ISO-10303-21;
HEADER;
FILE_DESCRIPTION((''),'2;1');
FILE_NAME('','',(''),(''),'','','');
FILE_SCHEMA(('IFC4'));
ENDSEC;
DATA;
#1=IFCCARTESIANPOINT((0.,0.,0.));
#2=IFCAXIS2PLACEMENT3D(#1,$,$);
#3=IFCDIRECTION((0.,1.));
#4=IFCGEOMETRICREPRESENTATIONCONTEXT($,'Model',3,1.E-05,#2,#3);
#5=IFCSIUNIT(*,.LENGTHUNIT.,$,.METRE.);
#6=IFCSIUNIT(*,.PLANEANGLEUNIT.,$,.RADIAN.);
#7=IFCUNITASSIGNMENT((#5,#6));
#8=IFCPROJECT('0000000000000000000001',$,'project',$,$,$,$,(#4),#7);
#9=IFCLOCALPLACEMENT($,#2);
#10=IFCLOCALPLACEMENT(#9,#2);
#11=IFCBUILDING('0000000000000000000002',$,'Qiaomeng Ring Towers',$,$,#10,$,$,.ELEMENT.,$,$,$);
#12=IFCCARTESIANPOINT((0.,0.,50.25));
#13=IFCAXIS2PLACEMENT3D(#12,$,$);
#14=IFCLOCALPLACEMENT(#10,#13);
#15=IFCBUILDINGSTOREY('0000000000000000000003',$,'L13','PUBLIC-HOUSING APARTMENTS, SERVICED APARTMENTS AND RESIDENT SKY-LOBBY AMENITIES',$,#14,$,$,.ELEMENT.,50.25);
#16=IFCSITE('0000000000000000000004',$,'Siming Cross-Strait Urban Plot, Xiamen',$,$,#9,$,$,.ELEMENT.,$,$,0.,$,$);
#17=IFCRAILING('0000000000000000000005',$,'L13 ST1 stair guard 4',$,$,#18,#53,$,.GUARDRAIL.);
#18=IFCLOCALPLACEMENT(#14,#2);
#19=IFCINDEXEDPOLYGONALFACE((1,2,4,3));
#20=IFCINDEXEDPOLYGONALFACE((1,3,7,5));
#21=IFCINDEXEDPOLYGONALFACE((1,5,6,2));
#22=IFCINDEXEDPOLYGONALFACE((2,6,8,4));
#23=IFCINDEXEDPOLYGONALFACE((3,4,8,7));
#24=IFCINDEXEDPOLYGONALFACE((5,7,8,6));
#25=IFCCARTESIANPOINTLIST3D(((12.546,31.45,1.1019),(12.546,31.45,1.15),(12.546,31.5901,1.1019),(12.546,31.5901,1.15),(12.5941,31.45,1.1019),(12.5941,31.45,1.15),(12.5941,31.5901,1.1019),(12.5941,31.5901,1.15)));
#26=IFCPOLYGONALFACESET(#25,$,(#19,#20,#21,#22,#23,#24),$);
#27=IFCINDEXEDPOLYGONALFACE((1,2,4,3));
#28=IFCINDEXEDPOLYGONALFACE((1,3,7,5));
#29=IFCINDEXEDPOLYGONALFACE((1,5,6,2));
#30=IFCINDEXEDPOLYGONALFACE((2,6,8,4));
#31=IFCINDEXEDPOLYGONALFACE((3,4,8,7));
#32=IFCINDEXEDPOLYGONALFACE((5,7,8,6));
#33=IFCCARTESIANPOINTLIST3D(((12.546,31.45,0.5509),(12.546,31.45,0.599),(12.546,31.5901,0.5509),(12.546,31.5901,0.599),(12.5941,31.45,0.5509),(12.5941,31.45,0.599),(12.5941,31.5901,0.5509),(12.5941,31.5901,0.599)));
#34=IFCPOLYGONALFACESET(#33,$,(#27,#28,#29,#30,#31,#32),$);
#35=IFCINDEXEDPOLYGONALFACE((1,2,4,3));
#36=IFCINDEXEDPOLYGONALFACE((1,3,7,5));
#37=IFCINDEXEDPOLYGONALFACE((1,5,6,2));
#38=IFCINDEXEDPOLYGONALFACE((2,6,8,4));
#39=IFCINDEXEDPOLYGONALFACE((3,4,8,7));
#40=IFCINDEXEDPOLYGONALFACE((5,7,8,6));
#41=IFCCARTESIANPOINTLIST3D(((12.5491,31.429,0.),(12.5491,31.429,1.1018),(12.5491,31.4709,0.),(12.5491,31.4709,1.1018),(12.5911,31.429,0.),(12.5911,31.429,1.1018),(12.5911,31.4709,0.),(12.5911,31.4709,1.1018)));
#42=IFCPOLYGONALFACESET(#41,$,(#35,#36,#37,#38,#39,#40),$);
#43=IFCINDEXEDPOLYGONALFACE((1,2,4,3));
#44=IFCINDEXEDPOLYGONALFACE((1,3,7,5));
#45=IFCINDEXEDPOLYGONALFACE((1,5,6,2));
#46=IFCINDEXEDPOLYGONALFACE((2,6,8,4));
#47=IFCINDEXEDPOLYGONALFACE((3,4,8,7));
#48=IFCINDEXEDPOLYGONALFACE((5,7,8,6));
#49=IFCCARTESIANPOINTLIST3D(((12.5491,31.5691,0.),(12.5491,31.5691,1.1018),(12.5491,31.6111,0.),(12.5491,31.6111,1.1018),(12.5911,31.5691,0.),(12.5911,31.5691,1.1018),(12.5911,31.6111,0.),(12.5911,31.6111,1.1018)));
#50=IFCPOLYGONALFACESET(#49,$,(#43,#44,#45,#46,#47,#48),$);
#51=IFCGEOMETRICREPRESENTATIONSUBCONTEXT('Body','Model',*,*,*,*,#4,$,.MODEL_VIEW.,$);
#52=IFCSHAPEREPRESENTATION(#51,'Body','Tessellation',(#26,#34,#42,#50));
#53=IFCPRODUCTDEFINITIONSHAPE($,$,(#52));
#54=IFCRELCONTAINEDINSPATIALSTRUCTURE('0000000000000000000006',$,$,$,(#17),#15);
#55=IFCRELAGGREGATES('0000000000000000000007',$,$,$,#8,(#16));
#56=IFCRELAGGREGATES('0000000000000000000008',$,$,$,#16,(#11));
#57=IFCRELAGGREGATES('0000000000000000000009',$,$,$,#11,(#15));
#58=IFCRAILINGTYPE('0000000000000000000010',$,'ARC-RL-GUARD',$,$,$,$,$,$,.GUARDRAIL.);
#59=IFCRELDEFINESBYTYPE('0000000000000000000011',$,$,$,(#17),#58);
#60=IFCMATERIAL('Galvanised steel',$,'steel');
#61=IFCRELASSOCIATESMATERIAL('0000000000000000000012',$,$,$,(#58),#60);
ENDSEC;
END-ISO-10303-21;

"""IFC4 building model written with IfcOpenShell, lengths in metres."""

from ifc_helpers import new_model, si_unit, direction, frame, origin, origin_2d, place, context, subcontext, project, spatial, rectangle, extrude, material, type_object, element, save


model = new_model("IFC4")

# Units and contexts
model_context = context("Model", 3, precision=1e-05, world=origin(), true_north=direction((0.0, 1.0)))
body_context = subcontext(model_context, "Body", "Model", "MODEL_VIEW")
ifc_project = project(units=[si_unit("LENGTHUNIT", "METRE"), si_unit("PLANEANGLEUNIT", "RADIAN")], contexts=[model_context])

# Site, building, storey
site_placement = place(None, origin())
site = spatial("IfcSite", under=ifc_project, at=site_placement, Name="Siming Cross-Strait Urban Plot, Xiamen", CompositionType="ELEMENT", RefElevation=0.0)
building_placement = place(site_placement, origin())
building = spatial("IfcBuilding", under=site, at=building_placement, Name="Qiaomeng Ring Towers", CompositionType="ELEMENT")
storey_placement = place(building_placement, frame((0.0, 0.0, 50.25)))
storey = spatial("IfcBuildingStorey", under=building, at=storey_placement, Name="L13", Description="PUBLIC-HOUSING APARTMENTS, SERVICED APARTMENTS AND RESIDENT SKY-LOBBY AMENITIES", CompositionType="ELEMENT", Elevation=50.25)

# Shared definitions
ifc_material_1 = material(Name="Galvanised steel", Category="steel")

# Railing
railing_type_1 = type_object("IfcRailingType", Name="ARC-RL-GUARD", PredefinedType="GUARDRAIL", material=ifc_material_1)
railing_1_placement = place(storey_placement, frame((12.5701, 31.45, 0.0)))
element("IfcRailing", 1, at=railing_1_placement, inside=storey, type_object=railing_type_1, Name="L13 ST1 stair guard 4", PredefinedType="GUARDRAIL", context=body_context, shape_type="SweptSolid", body=[
    extrude(rectangle(XDim=0.0481, YDim=0.0481, at=origin_2d()), frame((0.0, 0.0, 1.126), z_axis=(0.0, 1.0, 0.0), x_axis=(-1.0, 0.0, 0.0)), (0.0, 0.0, 1.0), 0.1401),
    extrude(rectangle(XDim=0.0481, YDim=0.0481, at=origin_2d()), frame((0.0, 0.0, 0.575), z_axis=(0.0, 1.0, 0.0), x_axis=(-1.0, 0.0, 0.0)), (0.0, 0.0, 1.0), 0.1401),
    extrude(rectangle(XDim=0.042, YDim=0.042, at=origin_2d()), origin(), (0.0, 0.0, 1.0), 1.1018),
    extrude(rectangle(XDim=0.042, YDim=0.042, at=origin_2d()), frame((0.0, 0.1401, 0.0)), (0.0, 0.0, 1.0), 1.1018),
])

save(model, "model.ifc")
